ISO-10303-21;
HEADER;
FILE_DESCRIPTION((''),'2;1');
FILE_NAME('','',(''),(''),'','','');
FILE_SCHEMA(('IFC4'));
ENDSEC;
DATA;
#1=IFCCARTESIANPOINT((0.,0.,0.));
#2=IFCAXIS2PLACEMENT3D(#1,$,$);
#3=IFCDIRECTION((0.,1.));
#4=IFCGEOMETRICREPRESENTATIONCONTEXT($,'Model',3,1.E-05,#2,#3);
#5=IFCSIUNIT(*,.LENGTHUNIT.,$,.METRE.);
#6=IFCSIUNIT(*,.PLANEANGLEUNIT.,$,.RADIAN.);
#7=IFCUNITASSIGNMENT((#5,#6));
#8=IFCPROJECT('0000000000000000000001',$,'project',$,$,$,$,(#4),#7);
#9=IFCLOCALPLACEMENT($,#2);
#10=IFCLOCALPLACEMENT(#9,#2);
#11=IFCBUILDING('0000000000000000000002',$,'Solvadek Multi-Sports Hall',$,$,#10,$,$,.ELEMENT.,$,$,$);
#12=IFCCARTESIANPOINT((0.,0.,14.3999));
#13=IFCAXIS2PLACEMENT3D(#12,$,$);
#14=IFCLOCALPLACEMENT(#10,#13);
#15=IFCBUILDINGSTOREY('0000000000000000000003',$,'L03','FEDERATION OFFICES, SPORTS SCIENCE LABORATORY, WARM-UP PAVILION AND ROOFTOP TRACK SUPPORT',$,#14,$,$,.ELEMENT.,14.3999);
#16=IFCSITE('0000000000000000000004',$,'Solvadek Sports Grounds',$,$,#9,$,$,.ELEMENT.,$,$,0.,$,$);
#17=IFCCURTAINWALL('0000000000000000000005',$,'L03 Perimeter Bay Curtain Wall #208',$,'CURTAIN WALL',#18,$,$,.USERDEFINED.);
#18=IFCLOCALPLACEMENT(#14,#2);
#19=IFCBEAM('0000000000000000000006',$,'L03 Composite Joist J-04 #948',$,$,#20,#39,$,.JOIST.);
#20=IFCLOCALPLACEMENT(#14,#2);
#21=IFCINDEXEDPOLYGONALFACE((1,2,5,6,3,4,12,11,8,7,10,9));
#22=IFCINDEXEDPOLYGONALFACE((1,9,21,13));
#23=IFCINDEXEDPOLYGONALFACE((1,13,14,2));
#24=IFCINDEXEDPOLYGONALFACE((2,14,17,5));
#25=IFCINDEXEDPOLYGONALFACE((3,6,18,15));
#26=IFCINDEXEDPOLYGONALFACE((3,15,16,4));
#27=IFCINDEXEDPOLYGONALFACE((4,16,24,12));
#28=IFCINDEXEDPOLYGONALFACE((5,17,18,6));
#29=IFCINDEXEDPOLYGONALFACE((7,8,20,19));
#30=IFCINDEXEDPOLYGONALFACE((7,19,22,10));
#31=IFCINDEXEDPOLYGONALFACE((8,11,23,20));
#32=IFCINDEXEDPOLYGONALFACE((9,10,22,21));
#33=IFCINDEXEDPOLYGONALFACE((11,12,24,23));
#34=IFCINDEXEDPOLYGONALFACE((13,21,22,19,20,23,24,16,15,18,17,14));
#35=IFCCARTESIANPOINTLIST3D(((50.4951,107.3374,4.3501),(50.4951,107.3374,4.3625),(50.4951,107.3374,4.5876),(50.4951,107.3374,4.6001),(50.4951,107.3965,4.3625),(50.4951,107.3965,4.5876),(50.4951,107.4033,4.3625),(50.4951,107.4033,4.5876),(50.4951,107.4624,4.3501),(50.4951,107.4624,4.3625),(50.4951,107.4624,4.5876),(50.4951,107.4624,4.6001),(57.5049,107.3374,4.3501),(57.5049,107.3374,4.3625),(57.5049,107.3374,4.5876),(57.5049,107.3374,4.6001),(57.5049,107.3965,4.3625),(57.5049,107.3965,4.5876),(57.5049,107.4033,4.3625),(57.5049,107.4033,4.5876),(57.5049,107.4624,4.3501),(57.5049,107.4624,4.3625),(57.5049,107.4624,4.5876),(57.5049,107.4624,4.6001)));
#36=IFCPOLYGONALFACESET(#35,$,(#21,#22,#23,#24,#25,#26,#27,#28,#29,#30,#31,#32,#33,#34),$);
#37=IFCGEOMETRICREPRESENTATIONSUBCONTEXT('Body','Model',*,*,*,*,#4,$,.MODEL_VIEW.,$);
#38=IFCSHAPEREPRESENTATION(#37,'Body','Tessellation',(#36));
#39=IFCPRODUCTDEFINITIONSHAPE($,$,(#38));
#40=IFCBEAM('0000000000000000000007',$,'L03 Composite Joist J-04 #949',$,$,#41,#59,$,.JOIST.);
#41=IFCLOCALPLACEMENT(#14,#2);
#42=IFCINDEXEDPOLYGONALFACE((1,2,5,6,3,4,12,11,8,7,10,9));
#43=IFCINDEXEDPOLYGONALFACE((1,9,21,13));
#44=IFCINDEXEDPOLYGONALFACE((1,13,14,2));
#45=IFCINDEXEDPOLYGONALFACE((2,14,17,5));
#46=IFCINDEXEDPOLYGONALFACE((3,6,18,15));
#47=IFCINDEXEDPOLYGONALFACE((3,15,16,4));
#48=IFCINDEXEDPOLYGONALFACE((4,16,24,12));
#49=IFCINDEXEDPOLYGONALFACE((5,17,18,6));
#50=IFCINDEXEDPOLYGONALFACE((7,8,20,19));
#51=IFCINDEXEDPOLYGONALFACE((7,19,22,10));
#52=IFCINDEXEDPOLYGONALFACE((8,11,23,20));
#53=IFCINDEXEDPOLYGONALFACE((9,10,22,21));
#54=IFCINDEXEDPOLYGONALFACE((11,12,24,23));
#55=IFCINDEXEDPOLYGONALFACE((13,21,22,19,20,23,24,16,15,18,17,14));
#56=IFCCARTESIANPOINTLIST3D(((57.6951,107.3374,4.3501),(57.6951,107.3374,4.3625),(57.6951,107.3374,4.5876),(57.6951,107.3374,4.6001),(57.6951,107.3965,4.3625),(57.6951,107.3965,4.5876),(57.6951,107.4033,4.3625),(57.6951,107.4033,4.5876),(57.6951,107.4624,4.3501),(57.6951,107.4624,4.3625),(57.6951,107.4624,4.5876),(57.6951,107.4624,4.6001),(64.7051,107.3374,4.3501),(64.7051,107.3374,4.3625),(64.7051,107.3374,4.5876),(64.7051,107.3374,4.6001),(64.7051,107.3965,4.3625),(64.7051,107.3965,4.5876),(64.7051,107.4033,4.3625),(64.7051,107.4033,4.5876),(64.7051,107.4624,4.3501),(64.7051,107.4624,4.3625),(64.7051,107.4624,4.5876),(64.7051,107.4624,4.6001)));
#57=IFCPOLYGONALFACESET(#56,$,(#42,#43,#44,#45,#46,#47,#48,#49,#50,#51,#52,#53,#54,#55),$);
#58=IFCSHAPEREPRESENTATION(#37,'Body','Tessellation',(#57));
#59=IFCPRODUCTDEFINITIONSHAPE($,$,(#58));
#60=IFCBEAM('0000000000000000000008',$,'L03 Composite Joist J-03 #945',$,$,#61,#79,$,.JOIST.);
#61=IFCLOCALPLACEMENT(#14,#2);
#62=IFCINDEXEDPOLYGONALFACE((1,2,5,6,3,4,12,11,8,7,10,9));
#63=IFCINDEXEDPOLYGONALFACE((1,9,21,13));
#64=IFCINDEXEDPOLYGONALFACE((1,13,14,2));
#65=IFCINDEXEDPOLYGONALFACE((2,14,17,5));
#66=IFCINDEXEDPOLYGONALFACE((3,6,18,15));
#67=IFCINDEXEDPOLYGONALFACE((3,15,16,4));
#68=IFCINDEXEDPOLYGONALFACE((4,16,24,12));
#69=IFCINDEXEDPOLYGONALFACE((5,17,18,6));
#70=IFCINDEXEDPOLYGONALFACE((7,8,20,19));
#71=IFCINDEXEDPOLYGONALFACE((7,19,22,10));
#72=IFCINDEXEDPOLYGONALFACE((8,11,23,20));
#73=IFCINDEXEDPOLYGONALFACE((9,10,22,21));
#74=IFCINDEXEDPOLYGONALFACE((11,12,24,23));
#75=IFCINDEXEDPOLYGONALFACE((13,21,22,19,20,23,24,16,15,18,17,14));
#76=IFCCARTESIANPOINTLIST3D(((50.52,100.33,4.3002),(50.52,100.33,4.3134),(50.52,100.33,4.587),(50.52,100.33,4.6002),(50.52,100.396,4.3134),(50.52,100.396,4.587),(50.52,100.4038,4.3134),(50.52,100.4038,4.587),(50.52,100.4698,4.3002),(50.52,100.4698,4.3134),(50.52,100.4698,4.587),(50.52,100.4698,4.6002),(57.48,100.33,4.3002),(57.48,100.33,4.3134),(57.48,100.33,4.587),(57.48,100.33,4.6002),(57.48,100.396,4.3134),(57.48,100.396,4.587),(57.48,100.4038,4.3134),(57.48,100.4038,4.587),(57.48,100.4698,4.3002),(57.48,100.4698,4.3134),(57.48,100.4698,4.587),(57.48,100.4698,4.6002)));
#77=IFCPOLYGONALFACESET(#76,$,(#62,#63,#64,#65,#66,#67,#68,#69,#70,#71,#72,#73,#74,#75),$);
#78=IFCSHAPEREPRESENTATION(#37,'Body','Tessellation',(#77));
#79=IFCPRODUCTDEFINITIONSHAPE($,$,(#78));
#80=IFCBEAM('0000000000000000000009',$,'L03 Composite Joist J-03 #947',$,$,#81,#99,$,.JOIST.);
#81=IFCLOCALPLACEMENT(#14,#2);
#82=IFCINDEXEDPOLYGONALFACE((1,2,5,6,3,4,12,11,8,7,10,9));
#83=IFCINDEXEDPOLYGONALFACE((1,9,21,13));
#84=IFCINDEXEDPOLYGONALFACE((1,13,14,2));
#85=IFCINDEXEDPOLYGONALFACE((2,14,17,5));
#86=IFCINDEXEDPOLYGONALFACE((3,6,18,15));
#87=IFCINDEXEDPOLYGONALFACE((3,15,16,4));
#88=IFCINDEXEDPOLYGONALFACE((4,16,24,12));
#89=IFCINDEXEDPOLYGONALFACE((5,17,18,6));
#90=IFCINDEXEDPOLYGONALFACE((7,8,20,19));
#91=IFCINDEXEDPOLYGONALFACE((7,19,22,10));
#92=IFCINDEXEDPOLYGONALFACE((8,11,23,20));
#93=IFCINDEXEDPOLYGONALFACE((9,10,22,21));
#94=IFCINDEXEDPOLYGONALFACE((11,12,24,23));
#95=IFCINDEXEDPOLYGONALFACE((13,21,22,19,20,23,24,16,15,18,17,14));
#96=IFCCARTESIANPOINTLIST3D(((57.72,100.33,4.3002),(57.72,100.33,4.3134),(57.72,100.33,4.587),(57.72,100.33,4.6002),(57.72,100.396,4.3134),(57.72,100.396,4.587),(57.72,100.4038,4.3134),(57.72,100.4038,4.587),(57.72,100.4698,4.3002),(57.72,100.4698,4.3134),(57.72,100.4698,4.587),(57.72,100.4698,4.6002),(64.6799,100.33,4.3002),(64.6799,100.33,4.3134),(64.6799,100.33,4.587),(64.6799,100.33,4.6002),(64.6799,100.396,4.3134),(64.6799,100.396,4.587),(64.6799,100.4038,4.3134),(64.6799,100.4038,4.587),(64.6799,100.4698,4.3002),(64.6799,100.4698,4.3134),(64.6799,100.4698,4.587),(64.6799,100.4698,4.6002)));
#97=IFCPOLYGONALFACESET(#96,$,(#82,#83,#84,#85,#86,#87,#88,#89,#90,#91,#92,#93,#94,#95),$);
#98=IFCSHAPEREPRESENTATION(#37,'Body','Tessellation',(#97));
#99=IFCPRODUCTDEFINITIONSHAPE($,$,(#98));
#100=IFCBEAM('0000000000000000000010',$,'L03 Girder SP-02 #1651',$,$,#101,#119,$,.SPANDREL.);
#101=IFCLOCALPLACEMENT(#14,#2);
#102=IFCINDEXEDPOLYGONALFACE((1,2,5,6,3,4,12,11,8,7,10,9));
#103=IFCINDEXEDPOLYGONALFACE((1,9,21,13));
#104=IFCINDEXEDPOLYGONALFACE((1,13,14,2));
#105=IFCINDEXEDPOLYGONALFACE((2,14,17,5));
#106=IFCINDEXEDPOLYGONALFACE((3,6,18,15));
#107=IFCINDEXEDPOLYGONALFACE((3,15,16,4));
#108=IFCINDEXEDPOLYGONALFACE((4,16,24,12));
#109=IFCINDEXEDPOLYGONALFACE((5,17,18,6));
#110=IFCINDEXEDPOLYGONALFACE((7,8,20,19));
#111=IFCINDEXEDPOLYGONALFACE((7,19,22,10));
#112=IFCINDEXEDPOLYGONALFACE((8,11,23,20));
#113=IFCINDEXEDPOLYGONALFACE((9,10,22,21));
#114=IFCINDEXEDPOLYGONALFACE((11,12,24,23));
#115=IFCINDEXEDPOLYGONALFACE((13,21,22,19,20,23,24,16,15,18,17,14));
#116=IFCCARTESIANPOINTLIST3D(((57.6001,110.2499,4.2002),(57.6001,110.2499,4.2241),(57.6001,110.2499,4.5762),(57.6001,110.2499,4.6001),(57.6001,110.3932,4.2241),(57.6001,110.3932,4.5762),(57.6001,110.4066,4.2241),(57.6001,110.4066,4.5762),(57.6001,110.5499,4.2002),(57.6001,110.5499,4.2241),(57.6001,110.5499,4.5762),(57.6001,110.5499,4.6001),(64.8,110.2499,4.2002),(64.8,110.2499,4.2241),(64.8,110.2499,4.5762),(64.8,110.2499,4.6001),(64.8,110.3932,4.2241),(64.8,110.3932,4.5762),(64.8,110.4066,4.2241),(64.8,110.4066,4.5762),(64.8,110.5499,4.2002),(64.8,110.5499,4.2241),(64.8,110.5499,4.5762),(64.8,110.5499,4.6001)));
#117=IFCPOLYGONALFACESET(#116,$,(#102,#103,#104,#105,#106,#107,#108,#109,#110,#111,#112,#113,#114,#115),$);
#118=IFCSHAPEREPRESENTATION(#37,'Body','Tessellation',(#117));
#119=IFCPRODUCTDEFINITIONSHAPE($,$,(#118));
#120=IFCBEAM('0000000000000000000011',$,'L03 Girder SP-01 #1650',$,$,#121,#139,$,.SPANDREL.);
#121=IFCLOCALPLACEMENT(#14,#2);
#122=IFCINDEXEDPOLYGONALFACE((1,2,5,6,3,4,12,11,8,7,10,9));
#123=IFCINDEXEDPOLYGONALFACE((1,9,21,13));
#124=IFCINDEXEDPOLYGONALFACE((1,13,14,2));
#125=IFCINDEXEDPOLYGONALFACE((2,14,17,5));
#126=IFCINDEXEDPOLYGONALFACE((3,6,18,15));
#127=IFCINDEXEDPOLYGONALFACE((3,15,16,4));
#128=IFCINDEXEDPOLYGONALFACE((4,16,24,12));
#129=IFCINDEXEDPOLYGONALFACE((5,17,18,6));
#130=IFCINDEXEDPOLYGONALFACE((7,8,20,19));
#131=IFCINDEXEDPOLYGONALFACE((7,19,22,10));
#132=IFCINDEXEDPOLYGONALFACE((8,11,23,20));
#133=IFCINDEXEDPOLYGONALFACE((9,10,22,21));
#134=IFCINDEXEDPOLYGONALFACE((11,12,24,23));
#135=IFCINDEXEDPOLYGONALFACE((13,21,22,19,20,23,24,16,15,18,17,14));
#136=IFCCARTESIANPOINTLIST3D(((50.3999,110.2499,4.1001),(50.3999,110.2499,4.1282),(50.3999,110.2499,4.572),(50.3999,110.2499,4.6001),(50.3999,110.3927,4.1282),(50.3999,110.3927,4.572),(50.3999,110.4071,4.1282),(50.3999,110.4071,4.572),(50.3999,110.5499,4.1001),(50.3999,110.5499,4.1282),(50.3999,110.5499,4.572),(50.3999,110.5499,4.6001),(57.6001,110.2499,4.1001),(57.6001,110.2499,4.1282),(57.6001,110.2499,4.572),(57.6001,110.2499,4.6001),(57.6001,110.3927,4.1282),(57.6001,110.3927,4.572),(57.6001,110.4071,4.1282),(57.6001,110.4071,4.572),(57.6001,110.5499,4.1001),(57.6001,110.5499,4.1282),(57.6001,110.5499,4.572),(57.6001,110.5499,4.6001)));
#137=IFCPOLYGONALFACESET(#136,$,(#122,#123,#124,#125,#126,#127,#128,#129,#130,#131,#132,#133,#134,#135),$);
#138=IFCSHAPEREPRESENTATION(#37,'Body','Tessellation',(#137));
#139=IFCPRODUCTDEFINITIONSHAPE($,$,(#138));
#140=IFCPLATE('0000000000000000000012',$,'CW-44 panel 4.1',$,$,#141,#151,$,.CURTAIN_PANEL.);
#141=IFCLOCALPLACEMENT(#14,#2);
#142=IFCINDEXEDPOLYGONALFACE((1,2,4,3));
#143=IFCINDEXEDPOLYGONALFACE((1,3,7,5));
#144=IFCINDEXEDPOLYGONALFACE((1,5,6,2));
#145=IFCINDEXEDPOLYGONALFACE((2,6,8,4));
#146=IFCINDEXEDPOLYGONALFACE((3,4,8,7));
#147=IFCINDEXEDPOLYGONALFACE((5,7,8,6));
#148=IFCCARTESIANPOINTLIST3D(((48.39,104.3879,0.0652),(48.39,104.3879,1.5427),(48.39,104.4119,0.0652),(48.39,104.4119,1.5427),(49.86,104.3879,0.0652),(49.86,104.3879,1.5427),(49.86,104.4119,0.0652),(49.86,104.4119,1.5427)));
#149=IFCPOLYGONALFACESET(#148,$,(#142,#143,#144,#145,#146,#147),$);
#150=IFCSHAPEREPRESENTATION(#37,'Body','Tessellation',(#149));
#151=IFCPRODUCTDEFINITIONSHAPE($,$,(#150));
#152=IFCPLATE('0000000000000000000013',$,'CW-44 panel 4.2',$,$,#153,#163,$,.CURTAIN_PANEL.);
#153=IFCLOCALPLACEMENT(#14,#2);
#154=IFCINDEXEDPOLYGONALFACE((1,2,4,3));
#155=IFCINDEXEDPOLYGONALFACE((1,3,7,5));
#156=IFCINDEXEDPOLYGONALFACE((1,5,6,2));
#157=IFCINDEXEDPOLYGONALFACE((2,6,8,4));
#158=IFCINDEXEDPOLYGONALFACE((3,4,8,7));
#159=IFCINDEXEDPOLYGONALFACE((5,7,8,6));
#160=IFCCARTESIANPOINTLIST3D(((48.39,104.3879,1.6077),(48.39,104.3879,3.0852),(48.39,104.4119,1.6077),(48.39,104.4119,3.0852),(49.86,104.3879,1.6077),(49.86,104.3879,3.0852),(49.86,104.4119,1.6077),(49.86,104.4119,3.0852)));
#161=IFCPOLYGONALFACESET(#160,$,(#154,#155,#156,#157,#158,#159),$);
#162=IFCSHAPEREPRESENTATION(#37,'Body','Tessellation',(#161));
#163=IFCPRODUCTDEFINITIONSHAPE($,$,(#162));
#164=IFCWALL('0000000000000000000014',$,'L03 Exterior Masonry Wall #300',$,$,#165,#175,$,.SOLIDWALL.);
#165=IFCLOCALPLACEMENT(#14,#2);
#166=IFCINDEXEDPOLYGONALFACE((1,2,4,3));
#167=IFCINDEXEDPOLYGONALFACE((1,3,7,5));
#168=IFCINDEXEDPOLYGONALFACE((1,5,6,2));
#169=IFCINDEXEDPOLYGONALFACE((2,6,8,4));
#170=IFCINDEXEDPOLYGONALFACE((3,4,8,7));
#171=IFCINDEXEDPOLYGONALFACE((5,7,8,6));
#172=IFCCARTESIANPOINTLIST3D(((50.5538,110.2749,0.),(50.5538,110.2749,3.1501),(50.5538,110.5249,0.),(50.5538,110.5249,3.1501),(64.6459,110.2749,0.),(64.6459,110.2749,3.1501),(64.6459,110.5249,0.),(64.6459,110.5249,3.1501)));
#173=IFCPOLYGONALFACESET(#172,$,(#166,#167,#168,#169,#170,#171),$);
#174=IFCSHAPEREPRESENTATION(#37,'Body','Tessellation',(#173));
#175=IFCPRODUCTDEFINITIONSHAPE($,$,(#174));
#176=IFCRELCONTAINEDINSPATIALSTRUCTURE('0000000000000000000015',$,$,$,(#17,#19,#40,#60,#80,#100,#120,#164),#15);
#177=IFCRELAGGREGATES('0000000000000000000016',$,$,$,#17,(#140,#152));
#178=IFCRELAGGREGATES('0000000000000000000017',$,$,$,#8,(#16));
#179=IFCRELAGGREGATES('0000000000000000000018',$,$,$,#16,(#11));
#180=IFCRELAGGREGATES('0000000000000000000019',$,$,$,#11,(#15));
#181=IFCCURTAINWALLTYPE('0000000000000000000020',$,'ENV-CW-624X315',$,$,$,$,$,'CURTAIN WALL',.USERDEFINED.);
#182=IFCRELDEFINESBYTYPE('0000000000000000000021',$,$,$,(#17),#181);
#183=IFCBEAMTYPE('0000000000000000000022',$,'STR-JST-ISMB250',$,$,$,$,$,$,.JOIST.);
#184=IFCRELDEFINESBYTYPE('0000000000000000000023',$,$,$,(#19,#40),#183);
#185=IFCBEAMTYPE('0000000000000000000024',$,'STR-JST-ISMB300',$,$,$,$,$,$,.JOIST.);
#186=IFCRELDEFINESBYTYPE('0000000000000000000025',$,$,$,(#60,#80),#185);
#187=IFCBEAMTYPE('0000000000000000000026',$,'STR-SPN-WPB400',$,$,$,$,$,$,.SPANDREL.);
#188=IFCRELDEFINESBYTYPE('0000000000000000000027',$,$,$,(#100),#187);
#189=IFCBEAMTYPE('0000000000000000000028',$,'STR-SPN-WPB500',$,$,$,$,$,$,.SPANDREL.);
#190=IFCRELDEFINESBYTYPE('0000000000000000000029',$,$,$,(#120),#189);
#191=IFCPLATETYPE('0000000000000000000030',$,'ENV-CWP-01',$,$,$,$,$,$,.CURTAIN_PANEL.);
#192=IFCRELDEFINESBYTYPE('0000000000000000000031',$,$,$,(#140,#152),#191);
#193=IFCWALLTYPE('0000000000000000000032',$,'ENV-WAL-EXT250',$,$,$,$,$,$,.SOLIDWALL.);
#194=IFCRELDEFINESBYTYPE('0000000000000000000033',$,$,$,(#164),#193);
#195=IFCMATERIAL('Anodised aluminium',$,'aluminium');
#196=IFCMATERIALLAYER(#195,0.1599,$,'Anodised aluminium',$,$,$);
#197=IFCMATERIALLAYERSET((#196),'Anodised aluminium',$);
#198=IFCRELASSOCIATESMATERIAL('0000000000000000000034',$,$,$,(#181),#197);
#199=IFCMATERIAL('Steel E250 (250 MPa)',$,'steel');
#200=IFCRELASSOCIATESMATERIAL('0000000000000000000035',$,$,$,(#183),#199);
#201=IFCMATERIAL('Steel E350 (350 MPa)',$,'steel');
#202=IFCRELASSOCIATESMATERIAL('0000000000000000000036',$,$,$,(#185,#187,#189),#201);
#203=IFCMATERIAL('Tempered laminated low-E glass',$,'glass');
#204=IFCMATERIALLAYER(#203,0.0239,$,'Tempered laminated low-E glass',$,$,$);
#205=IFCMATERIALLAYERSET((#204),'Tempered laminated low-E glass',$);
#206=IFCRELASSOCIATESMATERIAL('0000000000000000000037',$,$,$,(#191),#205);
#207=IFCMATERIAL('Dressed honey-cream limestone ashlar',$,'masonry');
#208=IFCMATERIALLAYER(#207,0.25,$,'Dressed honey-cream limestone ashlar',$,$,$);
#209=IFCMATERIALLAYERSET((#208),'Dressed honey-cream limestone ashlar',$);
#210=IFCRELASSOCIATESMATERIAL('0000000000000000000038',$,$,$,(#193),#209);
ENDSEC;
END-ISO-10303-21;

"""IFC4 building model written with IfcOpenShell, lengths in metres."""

from ifc_helpers import new_model, si_unit, direction, frame, frame_2d, origin, origin_2d, place, context, subcontext, project, spatial, rectangle, i_section, extrude, material, layer, layer_set, material_profile, profile_set, type_object, element, aggregate, save


model = new_model("IFC4")

# Units and contexts
model_context = context("Model", 3, precision=1e-05, world=origin(), true_north=direction((0.0, 1.0)))
body_context = subcontext(model_context, "Body", "Model", "MODEL_VIEW")
ifc_project = project(units=[si_unit("LENGTHUNIT", "METRE"), si_unit("PLANEANGLEUNIT", "RADIAN")], contexts=[model_context])

# Site, building, storey
site_placement = place(None, origin())
site = spatial("IfcSite", under=ifc_project, at=site_placement, Name="Solvadek Sports Grounds", CompositionType="ELEMENT", RefElevation=0.0)
building_placement = place(site_placement, origin())
building = spatial("IfcBuilding", under=site, at=building_placement, Name="Solvadek Multi-Sports Hall", CompositionType="ELEMENT")
storey_placement = place(building_placement, frame((0.0, 0.0, 14.3999)))
storey = spatial("IfcBuildingStorey", under=building, at=storey_placement, Name="L03", Description="FEDERATION OFFICES, SPORTS SCIENCE LABORATORY, WARM-UP PAVILION AND ROOFTOP TRACK SUPPORT", CompositionType="ELEMENT", Elevation=14.3999)

# Shared definitions
ifc_material_1 = material(Name="Steel E350 (350 MPa)", Category="steel")

# Curtain wall
ifc_material_2 = material(Name="Anodised aluminium", Category="aluminium")
ifc_layer_1 = layer(ifc_material_2, 0.1599, Name="Anodised aluminium")
ifc_layer_set_1 = layer_set([ifc_layer_1], Name="Anodised aluminium")
curtain_wall_type = type_object("IfcCurtainWallType", Name="ENV-CW-624X315", ElementType="CURTAIN WALL", PredefinedType="USERDEFINED", material=ifc_layer_set_1)
curtain_wall_placement = place(storey_placement, origin())
curtain_wall = element("IfcCurtainWall", 1, at=curtain_wall_placement, inside=storey, type_object=curtain_wall_type, Name="L03 Perimeter Bay Curtain Wall #208", ObjectType="CURTAIN WALL", PredefinedType="USERDEFINED")

# Beams
ifc_material_3 = material(Name="Steel E250 (250 MPa)", Category="steel")
ifc_material_profile_1 = material_profile(ifc_material_3, i_section(OverallWidth=0.125, OverallDepth=0.25, WebThickness=0.0068, FlangeThickness=0.0125, at=origin_2d()), Name="ISMB 250")
ifc_profile_set_1 = profile_set([ifc_material_profile_1], Name="Steel E250 (250 MPa)")
beam_type_1 = type_object("IfcBeamType", Name="STR-JST-ISMB250", PredefinedType="JOIST", material=ifc_profile_set_1)
beam_1_placement = place(storey_placement, frame((50.4951, 107.3999, 4.4751), z_axis=(1.0, 0.0, 0.0), x_axis=(0.0, 1.0, 0.0)))
element("IfcBeam", 2, at=beam_1_placement, inside=storey, type_object=beam_type_1, Name="L03 Composite Joist J-04 #948", PredefinedType="JOIST", context=body_context, shape_type="SweptSolid", body=[
    extrude(i_section(OverallWidth=0.125, OverallDepth=0.25, WebThickness=0.0068, FlangeThickness=0.0125, at=origin_2d()), origin(), (0.0, 0.0, 1.0), 7.0098),
])
beam_2_placement = place(storey_placement, frame((57.6951, 107.3999, 4.4751), z_axis=(1.0, 0.0, 0.0), x_axis=(0.0, 1.0, 0.0)))
element("IfcBeam", 3, at=beam_2_placement, inside=storey, type_object=beam_type_1, Name="L03 Composite Joist J-04 #949", PredefinedType="JOIST", context=body_context, shape_type="SweptSolid", body=[
    extrude(i_section(OverallWidth=0.125, OverallDepth=0.25, WebThickness=0.0068, FlangeThickness=0.0125, at=origin_2d()), origin(), (0.0, 0.0, 1.0), 7.01),
])
ifc_material_profile_2 = material_profile(ifc_material_1, i_section(OverallWidth=0.1399, OverallDepth=0.3, WebThickness=0.0078, FlangeThickness=0.0132, at=origin_2d()), Name="ISMB 300")
ifc_profile_set_2 = profile_set([ifc_material_profile_2], Name="Steel E350 (350 MPa)")
beam_type_2 = type_object("IfcBeamType", Name="STR-JST-ISMB300", PredefinedType="JOIST", material=ifc_profile_set_2)
for number, where, z_axis, x_axis, name in (
    (4, (50.52, 100.3999, 4.4502), (1.0, 0.0, 0.0), (0.0, 1.0, 0.0), "L03 Composite Joist J-03 #945"),
    (5, (57.72, 100.3999, 4.4502), (1.0, 0.0, 0.0), (0.0, 1.0, 0.0), "L03 Composite Joist J-03 #947"),
):
    element("IfcBeam", number, at=place(storey_placement, frame(where, z_axis=z_axis, x_axis=x_axis)), inside=storey, type_object=beam_type_2, Name=name, PredefinedType="JOIST", context=body_context, shape_type="SweptSolid", body=[
        extrude(i_section(OverallWidth=0.1399, OverallDepth=0.3, WebThickness=0.0078, FlangeThickness=0.0132, at=origin_2d()), origin(), (0.0, 0.0, 1.0), 6.96),
    ])
ifc_material_profile_3 = material_profile(ifc_material_1, i_section(OverallWidth=0.3, OverallDepth=0.3999, WebThickness=0.0134, FlangeThickness=0.0239, at=origin_2d()), Name="WPB 400")
ifc_profile_set_3 = profile_set([ifc_material_profile_3], Name="Steel E350 (350 MPa)")
beam_type_3 = type_object("IfcBeamType", Name="STR-SPN-WPB400", PredefinedType="SPANDREL", material=ifc_profile_set_3)
beam_3_placement = place(storey_placement, frame((57.6001, 110.3999, 4.4001), z_axis=(1.0, 0.0, 0.0), x_axis=(0.0, 1.0, 0.0)))
element("IfcBeam", 6, at=beam_3_placement, inside=storey, type_object=beam_type_3, Name="L03 Girder SP-02 #1651", PredefinedType="SPANDREL", context=body_context, shape_type="SweptSolid", body=[
    extrude(i_section(OverallWidth=0.3, OverallDepth=0.3999, WebThickness=0.0134, FlangeThickness=0.0239, at=origin_2d()), origin(), (0.0, 0.0, 1.0), 7.2),
])
ifc_material_profile_4 = material_profile(ifc_material_1, i_section(OverallWidth=0.3, OverallDepth=0.5, WebThickness=0.0144, FlangeThickness=0.0281, at=origin_2d()), Name="WPB 500")
ifc_profile_set_4 = profile_set([ifc_material_profile_4], Name="Steel E350 (350 MPa)")
beam_type_4 = type_object("IfcBeamType", Name="STR-SPN-WPB500", PredefinedType="SPANDREL", material=ifc_profile_set_4)
beam_4_placement = place(storey_placement, frame((50.3999, 110.3999, 4.3501), z_axis=(1.0, 0.0, 0.0), x_axis=(0.0, 1.0, 0.0)))
element("IfcBeam", 7, at=beam_4_placement, inside=storey, type_object=beam_type_4, Name="L03 Girder SP-01 #1650", PredefinedType="SPANDREL", context=body_context, shape_type="SweptSolid", body=[
    extrude(i_section(OverallWidth=0.3, OverallDepth=0.5, WebThickness=0.0144, FlangeThickness=0.0281, at=origin_2d()), origin(), (0.0, 0.0, 1.0), 7.2002),
])

# Plates
ifc_material_4 = material(Name="Tempered laminated low-E glass", Category="glass")
ifc_layer_2 = layer(ifc_material_4, 0.0239, Name="Tempered laminated low-E glass")
ifc_layer_set_2 = layer_set([ifc_layer_2], Name="Tempered laminated low-E glass")
plate_type = type_object("IfcPlateType", Name="ENV-CWP-01", PredefinedType="CURTAIN_PANEL", material=ifc_layer_set_2)
plate_1_placement = place(storey_placement, frame((49.125, 104.3999, 0.0652), z_axis=(0.0, 0.0, 1.0), x_axis=(1.0, 0.0, 0.0)))
plate_1 = element("IfcPlate", 8, at=plate_1_placement, type_object=plate_type, Name="CW-44 panel 4.1", PredefinedType="CURTAIN_PANEL", context=body_context, shape_type="SweptSolid", body=[
    extrude(rectangle(XDim=1.47, YDim=0.0239, at=origin_2d()), origin(), (0.0, 0.0, 1.0), 1.4775),
])
plate_2_placement = place(storey_placement, frame((49.125, 104.3999, 1.6077), z_axis=(0.0, 0.0, 1.0), x_axis=(1.0, 0.0, 0.0)))
plate_2 = element("IfcPlate", 9, at=plate_2_placement, type_object=plate_type, Name="CW-44 panel 4.2", PredefinedType="CURTAIN_PANEL", context=body_context, shape_type="SweptSolid", body=[
    extrude(rectangle(XDim=1.47, YDim=0.0239, at=origin_2d()), origin(), (0.0, 0.0, 1.0), 1.4775),
])
aggregate(curtain_wall, [plate_1, plate_2])

# Wall
ifc_material_5 = material(Name="Dressed honey-cream limestone ashlar", Category="masonry")
ifc_layer_3 = layer(ifc_material_5, 0.25, Name="Dressed honey-cream limestone ashlar")
ifc_layer_set_3 = layer_set([ifc_layer_3], Name="Dressed honey-cream limestone ashlar")
wall_type_1 = type_object("IfcWallType", Name="ENV-WAL-EXT250", PredefinedType="SOLIDWALL", material=ifc_layer_set_3)
wall_1_placement = place(storey_placement, frame((50.554, 110.3999, 0.0), z_axis=(0.0, 0.0, 1.0), x_axis=(1.0, 0.0, 0.0)))
element("IfcWall", 10, at=wall_1_placement, inside=storey, type_object=wall_type_1, Name="L03 Exterior Masonry Wall #300", PredefinedType="SOLIDWALL", context=body_context, shape_type="SweptSolid", body=[
    extrude(rectangle(XDim=14.092, YDim=0.25, at=frame_2d((7.0459, 0.0))), origin(), (0.0, 0.0, 1.0), 3.1501),
])

save(model, "model.ifc")
